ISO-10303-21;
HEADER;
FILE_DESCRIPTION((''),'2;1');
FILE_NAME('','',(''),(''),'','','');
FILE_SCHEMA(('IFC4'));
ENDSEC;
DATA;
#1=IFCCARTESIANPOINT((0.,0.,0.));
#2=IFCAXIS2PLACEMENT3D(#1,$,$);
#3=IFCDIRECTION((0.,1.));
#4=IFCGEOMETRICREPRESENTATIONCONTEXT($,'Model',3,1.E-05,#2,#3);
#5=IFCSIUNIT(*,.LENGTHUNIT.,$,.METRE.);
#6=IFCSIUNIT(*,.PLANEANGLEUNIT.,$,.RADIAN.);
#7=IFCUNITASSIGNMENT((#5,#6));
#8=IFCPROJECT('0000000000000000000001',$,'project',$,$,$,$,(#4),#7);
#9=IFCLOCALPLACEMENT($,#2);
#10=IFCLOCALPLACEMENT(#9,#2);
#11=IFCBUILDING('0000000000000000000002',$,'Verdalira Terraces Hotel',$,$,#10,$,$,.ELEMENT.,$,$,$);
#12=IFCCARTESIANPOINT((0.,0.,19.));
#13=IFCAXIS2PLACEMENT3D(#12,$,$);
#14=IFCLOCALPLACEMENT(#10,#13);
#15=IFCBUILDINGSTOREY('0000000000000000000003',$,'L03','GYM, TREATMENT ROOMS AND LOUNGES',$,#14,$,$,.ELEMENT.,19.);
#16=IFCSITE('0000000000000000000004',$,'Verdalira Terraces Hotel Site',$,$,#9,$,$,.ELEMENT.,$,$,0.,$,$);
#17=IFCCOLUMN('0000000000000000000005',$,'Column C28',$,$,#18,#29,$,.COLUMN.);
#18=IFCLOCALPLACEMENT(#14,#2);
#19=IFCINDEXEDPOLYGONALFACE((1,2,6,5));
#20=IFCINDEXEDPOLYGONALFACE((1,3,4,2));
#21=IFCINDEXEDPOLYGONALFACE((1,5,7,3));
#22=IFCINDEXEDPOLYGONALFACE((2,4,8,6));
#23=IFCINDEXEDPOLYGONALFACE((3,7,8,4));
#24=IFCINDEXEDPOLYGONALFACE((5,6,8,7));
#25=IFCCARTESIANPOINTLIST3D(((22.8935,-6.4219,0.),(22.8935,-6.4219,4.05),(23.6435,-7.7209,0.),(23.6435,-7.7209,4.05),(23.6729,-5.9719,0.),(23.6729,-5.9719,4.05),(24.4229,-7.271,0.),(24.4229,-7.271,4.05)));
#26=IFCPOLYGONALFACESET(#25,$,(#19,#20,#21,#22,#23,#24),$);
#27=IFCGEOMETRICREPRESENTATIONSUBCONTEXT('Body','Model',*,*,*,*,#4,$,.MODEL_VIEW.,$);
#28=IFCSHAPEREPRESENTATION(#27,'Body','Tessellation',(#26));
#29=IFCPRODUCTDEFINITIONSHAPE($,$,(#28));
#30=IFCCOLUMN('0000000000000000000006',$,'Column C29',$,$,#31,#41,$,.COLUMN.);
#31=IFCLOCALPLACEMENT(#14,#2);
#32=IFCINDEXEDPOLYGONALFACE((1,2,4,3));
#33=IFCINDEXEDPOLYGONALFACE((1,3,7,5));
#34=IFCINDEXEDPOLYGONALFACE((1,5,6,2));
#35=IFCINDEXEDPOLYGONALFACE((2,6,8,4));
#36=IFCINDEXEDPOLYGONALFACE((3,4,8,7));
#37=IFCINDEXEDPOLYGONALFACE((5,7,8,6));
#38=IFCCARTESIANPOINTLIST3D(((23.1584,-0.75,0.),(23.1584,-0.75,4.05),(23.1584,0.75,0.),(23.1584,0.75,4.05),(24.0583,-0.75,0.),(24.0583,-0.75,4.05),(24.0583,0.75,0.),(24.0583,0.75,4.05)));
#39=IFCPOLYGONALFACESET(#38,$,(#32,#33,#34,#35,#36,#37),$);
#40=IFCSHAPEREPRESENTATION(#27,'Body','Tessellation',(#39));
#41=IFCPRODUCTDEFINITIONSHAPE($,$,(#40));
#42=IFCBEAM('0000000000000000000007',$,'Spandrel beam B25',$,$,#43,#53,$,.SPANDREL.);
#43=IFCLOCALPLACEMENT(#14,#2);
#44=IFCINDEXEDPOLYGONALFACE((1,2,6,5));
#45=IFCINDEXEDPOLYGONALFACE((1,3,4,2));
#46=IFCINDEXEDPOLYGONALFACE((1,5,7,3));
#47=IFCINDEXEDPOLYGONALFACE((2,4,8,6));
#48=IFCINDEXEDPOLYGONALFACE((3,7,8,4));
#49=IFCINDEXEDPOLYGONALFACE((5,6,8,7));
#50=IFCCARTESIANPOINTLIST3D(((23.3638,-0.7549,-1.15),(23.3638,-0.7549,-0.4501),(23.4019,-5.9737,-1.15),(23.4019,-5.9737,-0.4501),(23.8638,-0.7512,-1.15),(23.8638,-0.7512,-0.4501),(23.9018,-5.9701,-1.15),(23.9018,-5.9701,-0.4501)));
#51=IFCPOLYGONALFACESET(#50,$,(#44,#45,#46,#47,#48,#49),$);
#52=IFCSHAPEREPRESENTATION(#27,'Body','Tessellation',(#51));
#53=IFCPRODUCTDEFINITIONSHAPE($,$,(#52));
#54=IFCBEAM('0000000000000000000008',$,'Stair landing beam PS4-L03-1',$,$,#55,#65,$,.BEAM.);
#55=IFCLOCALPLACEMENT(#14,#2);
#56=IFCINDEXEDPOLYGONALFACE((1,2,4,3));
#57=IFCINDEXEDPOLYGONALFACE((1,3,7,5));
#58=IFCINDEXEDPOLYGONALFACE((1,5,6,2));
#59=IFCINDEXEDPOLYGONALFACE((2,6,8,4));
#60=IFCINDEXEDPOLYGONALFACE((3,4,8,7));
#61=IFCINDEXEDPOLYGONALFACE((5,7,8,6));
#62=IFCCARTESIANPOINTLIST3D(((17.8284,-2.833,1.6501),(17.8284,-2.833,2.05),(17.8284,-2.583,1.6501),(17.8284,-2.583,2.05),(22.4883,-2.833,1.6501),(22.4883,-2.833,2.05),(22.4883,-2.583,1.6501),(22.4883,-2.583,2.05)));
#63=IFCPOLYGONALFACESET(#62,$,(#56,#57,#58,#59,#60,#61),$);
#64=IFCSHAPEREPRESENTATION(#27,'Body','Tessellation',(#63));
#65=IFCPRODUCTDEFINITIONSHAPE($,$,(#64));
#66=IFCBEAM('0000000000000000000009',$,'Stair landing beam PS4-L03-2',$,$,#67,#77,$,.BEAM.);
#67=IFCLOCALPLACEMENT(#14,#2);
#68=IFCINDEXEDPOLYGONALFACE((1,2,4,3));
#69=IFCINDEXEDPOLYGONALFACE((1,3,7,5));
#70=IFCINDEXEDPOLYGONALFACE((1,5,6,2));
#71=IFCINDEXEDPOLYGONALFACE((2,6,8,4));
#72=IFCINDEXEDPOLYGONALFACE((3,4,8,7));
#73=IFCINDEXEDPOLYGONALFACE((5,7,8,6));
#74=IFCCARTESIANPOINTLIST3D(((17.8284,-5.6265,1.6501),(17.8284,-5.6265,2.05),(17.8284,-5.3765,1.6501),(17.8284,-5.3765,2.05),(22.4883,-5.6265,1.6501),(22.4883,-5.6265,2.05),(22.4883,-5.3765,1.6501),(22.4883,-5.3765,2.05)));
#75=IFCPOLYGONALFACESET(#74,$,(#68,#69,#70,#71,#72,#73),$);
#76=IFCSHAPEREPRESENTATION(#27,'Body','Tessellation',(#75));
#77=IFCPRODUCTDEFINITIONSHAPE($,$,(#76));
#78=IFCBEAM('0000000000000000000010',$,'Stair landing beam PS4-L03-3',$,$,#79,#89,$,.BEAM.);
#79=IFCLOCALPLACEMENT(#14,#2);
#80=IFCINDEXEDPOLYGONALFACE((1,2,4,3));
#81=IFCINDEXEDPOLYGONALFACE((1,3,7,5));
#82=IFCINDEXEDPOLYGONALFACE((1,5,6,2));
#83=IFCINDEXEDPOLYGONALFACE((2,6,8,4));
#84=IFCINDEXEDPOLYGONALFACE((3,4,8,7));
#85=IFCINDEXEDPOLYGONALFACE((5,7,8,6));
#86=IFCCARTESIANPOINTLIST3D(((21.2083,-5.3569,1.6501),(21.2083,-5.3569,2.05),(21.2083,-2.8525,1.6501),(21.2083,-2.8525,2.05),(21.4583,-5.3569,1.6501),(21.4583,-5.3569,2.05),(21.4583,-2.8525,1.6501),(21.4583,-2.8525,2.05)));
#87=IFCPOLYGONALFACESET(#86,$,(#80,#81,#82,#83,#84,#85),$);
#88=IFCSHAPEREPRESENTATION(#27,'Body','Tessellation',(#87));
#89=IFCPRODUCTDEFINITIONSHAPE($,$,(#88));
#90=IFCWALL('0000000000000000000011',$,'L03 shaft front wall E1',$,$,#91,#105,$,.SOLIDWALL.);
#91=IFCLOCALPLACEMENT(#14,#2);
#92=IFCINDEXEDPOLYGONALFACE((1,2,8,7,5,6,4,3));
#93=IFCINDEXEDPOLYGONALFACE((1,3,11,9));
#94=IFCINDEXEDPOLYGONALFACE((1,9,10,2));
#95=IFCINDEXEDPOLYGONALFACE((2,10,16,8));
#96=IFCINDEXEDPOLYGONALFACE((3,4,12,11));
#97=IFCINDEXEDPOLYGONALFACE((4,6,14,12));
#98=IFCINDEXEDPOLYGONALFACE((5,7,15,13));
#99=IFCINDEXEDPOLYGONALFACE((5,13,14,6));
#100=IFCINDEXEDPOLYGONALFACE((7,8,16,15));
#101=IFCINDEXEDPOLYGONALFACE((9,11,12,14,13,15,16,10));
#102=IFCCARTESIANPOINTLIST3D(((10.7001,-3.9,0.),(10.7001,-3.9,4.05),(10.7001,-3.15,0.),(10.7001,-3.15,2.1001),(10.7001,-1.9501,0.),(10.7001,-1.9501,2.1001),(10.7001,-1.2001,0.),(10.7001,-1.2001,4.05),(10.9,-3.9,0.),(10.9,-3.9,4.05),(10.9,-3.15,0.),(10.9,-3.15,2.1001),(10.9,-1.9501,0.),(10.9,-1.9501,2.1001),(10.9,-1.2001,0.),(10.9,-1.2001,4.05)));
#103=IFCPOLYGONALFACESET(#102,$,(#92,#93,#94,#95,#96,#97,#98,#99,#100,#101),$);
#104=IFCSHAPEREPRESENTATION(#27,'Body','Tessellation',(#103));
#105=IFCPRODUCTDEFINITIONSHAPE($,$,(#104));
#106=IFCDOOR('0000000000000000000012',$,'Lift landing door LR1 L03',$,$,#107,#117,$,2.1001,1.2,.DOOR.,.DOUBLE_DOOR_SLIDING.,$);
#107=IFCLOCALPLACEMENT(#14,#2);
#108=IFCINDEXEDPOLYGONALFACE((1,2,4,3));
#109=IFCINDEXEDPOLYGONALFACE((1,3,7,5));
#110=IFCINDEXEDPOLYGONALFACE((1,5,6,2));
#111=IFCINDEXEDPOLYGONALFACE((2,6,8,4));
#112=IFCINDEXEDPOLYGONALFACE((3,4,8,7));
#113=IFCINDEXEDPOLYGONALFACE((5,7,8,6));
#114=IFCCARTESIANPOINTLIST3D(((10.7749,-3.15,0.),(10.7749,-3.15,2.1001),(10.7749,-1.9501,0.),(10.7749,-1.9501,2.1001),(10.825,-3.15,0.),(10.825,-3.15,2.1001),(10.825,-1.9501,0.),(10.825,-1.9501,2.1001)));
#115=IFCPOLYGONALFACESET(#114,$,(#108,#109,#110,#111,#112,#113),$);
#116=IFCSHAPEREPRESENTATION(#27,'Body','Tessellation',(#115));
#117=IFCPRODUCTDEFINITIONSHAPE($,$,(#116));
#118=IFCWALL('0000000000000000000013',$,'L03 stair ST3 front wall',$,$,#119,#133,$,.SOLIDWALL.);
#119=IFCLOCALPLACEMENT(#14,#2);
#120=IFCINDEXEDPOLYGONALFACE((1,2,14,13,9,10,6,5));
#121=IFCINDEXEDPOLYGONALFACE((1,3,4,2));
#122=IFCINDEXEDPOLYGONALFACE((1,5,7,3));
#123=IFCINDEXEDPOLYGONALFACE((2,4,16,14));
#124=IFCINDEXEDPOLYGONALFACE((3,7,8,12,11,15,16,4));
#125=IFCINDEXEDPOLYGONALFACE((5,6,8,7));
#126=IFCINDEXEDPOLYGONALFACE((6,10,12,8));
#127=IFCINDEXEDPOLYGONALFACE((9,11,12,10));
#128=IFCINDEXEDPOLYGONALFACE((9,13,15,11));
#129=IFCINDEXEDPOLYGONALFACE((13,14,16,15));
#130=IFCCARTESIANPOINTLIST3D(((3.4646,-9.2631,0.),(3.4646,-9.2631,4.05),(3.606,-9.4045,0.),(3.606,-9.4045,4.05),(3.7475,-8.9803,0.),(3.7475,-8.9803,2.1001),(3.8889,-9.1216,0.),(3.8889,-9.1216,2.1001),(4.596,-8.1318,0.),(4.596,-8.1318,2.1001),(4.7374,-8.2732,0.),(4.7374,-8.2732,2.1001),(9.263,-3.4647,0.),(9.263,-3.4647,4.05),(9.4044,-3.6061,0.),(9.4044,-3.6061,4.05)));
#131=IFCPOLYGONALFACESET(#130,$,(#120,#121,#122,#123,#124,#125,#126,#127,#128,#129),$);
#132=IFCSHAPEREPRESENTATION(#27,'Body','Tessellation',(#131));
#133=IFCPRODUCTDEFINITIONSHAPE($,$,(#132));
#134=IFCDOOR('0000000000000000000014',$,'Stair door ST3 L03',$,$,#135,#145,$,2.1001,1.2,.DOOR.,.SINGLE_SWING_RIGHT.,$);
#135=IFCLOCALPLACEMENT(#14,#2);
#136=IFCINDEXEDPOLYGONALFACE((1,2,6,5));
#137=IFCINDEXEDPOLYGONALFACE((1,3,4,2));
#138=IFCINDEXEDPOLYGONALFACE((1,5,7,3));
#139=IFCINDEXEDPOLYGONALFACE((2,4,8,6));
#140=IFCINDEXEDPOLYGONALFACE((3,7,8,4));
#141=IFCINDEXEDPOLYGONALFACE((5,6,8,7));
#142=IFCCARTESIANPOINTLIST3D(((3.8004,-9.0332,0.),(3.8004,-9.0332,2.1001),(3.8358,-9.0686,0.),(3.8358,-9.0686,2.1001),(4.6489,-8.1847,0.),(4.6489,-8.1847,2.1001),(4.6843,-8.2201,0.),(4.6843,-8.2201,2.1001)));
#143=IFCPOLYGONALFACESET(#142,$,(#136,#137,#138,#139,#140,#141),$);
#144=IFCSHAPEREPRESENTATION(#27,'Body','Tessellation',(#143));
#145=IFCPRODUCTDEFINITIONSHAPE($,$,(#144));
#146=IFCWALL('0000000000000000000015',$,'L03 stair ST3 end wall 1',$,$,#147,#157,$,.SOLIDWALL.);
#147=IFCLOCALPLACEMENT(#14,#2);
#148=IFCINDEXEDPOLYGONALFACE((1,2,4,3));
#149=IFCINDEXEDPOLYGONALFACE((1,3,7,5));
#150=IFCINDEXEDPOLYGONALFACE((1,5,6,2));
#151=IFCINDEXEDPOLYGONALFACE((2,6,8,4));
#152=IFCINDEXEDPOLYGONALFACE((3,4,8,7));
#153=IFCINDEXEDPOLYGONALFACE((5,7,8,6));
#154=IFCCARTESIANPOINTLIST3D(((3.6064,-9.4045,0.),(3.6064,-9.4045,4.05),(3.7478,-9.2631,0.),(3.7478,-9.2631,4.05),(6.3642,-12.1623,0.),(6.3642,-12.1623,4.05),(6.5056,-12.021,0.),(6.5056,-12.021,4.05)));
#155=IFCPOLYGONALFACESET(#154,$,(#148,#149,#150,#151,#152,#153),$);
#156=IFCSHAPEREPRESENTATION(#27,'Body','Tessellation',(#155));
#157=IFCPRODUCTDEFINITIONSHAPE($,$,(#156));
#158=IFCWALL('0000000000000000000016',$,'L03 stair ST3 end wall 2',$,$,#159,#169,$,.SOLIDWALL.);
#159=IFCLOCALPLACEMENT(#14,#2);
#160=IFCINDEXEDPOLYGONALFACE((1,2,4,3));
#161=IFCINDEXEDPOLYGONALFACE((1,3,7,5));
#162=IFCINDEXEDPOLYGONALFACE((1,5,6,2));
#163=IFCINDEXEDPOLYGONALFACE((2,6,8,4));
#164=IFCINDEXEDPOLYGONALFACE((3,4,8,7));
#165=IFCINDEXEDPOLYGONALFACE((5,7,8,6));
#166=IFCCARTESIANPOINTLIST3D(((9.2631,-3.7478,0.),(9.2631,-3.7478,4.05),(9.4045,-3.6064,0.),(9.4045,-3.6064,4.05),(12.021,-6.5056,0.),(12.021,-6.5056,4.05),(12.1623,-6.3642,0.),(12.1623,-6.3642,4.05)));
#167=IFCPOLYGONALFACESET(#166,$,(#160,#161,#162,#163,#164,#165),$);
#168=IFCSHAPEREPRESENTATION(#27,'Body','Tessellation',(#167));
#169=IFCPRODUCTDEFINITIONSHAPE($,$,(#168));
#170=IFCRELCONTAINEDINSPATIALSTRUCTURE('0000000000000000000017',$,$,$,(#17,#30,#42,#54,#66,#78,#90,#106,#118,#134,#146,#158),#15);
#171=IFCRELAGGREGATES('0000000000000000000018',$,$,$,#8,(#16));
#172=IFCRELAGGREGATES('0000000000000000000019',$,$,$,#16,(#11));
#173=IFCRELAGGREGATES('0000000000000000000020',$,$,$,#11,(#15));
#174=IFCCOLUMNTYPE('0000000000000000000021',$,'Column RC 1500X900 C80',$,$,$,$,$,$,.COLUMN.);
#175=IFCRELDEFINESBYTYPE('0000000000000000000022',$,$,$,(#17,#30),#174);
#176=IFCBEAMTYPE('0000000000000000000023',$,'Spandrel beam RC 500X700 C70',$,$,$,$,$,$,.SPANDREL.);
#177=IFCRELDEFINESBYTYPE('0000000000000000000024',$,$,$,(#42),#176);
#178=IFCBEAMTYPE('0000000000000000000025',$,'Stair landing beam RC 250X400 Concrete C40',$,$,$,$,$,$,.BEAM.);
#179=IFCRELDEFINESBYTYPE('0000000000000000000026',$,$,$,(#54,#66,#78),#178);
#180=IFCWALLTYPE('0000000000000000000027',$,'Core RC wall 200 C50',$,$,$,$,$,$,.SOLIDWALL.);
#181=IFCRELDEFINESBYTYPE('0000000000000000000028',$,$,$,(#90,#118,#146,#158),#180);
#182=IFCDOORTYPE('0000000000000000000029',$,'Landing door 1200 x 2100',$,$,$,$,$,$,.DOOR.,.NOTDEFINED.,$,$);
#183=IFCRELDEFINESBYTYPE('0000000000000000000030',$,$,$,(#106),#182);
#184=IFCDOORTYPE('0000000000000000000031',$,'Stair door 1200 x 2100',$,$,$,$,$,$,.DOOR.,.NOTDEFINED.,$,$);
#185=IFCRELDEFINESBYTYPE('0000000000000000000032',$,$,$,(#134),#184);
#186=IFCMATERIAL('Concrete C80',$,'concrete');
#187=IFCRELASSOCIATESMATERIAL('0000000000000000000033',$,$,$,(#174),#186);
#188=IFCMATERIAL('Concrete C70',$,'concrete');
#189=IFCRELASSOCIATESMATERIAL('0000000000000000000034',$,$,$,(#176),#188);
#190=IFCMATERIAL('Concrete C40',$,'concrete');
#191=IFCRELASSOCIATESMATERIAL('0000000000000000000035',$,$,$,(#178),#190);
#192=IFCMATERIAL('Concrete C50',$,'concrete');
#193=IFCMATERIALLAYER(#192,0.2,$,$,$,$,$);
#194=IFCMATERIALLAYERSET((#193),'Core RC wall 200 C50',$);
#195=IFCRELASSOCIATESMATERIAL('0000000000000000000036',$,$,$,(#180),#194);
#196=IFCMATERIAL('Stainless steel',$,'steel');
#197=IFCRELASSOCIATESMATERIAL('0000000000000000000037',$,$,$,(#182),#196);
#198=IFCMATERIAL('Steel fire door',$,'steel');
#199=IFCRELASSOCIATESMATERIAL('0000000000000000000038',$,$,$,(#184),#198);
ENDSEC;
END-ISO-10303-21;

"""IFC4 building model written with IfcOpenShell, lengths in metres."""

from ifc_helpers import new_model, si_unit, direction, frame, frame_2d, origin, origin_2d, place, context, subcontext, project, spatial, rectangle, extrude, material, layer, layer_set, material_profile, profile_set, type_object, element, fill, save


model = new_model("IFC4")

# Units and contexts
model_context = context("Model", 3, precision=1e-05, world=origin(), true_north=direction((0.0, 1.0)))
body_context = subcontext(model_context, "Body", "Model", "MODEL_VIEW")
ifc_project = project(units=[si_unit("LENGTHUNIT", "METRE"), si_unit("PLANEANGLEUNIT", "RADIAN")], contexts=[model_context])

# Site, building, storey
site_placement = place(None, origin())
site = spatial("IfcSite", under=ifc_project, at=site_placement, Name="Verdalira Terraces Hotel Site", CompositionType="ELEMENT", RefElevation=0.0)
building_placement = place(site_placement, origin())
building = spatial("IfcBuilding", under=site, at=building_placement, Name="Verdalira Terraces Hotel", CompositionType="ELEMENT")
storey_placement = place(building_placement, frame((0.0, 0.0, 19.0)))
storey = spatial("IfcBuildingStorey", under=building, at=storey_placement, Name="L03", Description="GYM, TREATMENT ROOMS AND LOUNGES", CompositionType="ELEMENT", Elevation=19.0)

# Columns
ifc_material_1 = material(Name="Concrete C80", Category="concrete")
ifc_material_profile_1 = material_profile(ifc_material_1, rectangle(XDim=1.5, YDim=0.8999, at=origin_2d()), Name="RC 1500X900")
ifc_profile_set_1 = profile_set([ifc_material_profile_1], Name="Concrete C80")
column_type = type_object("IfcColumnType", Name="Column RC 1500X900 C80", PredefinedType="COLUMN", material=ifc_profile_set_1)
for number, where, z_axis, x_axis, name in (
    (1, (23.6582, -6.8464, 0.0), (0.0, 0.0, 1.0), (0.5, -0.866025, 0.0), "Column C28"),
    (2, (23.6084, 0.0, 0.0), (0.0, 0.0, 1.0), (0.0, 1.0, 0.0), "Column C29"),
):
    element("IfcColumn", number, at=place(storey_placement, frame(where, z_axis=z_axis, x_axis=x_axis)), inside=storey, type_object=column_type, Name=name, PredefinedType="COLUMN", context=body_context, shape_type="SweptSolid", body=[
        extrude(rectangle(XDim=1.5, YDim=0.8999, at=origin_2d()), origin(), (0.0, 0.0, 1.0), 4.05),
    ])

# Beams
ifc_material_2 = material(Name="Concrete C70", Category="concrete")
ifc_material_profile_2 = material_profile(ifc_material_2, rectangle(XDim=0.5, YDim=0.7, at=origin_2d()), Name="RC 500X700")
ifc_profile_set_2 = profile_set([ifc_material_profile_2], Name="Concrete C70")
beam_type_1 = type_object("IfcBeamType", Name="Spandrel beam RC 500X700 C70", PredefinedType="SPANDREL", material=ifc_profile_set_2)
beam_1_placement = place(storey_placement, frame((23.6519, -5.9719, -0.8), z_axis=(-0.007298, 0.999973, 0.0), x_axis=(-0.999973, -0.007298, 0.0)))
element("IfcBeam", 3, at=beam_1_placement, inside=storey, type_object=beam_type_1, Name="Spandrel beam B25", PredefinedType="SPANDREL", context=body_context, shape_type="SweptSolid", body=[
    extrude(rectangle(XDim=0.5, YDim=0.7, at=origin_2d()), origin(), (0.0, 0.0, 1.0), 5.219),
])
ifc_material_3 = material(Name="Concrete C40", Category="concrete")
ifc_material_profile_3 = material_profile(ifc_material_3, rectangle(XDim=0.25, YDim=0.3999, at=origin_2d()), Name="RC 250X400")
ifc_profile_set_3 = profile_set([ifc_material_profile_3], Name="Concrete C40")
beam_type_2 = type_object("IfcBeamType", Name="Stair landing beam RC 250X400 Concrete C40", PredefinedType="BEAM", material=ifc_profile_set_3)
for number, where, z_axis, x_axis, name in (
    (4, (17.8284, -2.708, 1.8501), (1.0, 0.0, 0.0), (0.0, 1.0, 0.0), "Stair landing beam PS4-L03-1"),
    (5, (17.8284, -5.5015, 1.8501), (1.0, 0.0, 0.0), (0.0, 1.0, 0.0), "Stair landing beam PS4-L03-2"),
):
    element("IfcBeam", number, at=place(storey_placement, frame(where, z_axis=z_axis, x_axis=x_axis)), inside=storey, type_object=beam_type_2, Name=name, PredefinedType="BEAM", context=body_context, shape_type="SweptSolid", body=[
        extrude(rectangle(XDim=0.25, YDim=0.3999, at=origin_2d()), origin(), (0.0, 0.0, 1.0), 4.6599),
    ])
beam_2_placement = place(storey_placement, frame((21.3333, -2.8525, 1.8501), z_axis=(0.0, -1.0, 0.0), x_axis=(1.0, 0.0, 0.0)))
element("IfcBeam", 6, at=beam_2_placement, inside=storey, type_object=beam_type_2, Name="Stair landing beam PS4-L03-3", PredefinedType="BEAM", context=body_context, shape_type="SweptSolid", body=[
    extrude(rectangle(XDim=0.25, YDim=0.3999, at=origin_2d()), origin(), (0.0, 0.0, 1.0), 2.5044),
])

# Walls, openings, doors
ifc_material_4 = material(Name="Concrete C50", Category="concrete")
ifc_layer_1 = layer(ifc_material_4, 0.2)
ifc_layer_set_1 = layer_set([ifc_layer_1], Name="Core RC wall 200 C50")
wall_type_1 = type_object("IfcWallType", Name="Core RC wall 200 C50", PredefinedType="SOLIDWALL", material=ifc_layer_set_1)
wall_1_placement = place(storey_placement, frame((10.8, -1.2, 0.0), z_axis=(0.0, 0.0, 1.0), x_axis=(0.0, -1.0, 0.0)))
wall_1 = element("IfcWall", 7, at=wall_1_placement, inside=storey, type_object=wall_type_1, Name="L03 shaft front wall E1", PredefinedType="SOLIDWALL", context=body_context, shape_type="SweptSolid", body=[
    extrude(rectangle(XDim=2.7, YDim=0.2, at=frame_2d((1.3501, 0.0))), origin(), (0.0, 0.0, 1.0), 4.05),
])
opening_1_placement = place(wall_1_placement, frame((0.75, 0.0, 0.0)))
opening_1 = element("IfcOpeningElement", 8, at=opening_1_placement, cuts=wall_1, PredefinedType="OPENING", context=body_context, shape_type="SweptSolid", body=[
    extrude(rectangle(XDim=1.2, YDim=2.1001, at=frame_2d((0.6001, 1.05))), frame((0.0, 0.1099, 0.0), z_axis=(0.0, -1.0, 0.0), x_axis=(1.0, 0.0, 0.0)), (0.0, 0.0, 1.0), 0.22),
])
ifc_material_5 = material(Name="Stainless steel", Category="steel")
door_type_1 = type_object("IfcDoorType", Name="Landing door 1200 x 2100", OperationType="NOTDEFINED", PredefinedType="DOOR", material=ifc_material_5)
door_1_placement = place(opening_1_placement, origin())
door_1 = element("IfcDoor", 9, at=door_1_placement, inside=storey, type_object=door_type_1, Name="Lift landing door LR1 L03", OperationType="DOUBLE_DOOR_SLIDING", OverallHeight=2.1001, OverallWidth=1.2, PredefinedType="DOOR", context=body_context, shape_type="SweptSolid", body=[
    extrude(rectangle(XDim=1.2, YDim=2.1001, at=frame_2d((0.6001, 1.05))), frame((0.0, 0.0249, 0.0), z_axis=(0.0, -1.0, 0.0), x_axis=(1.0, 0.0, 0.0)), (0.0, 0.0, 1.0), 0.05),
])
fill(opening_1, door_1)
wall_2_placement = place(storey_placement, frame((9.3337, -3.5354, 0.0), z_axis=(0.0, 0.0, 1.0), x_axis=(-0.707107, -0.707107, 0.0)))
wall_2 = element("IfcWall", 10, at=wall_2_placement, inside=storey, type_object=wall_type_1, Name="L03 stair ST3 front wall", PredefinedType="SOLIDWALL", context=body_context, shape_type="SweptSolid", body=[
    extrude(rectangle(XDim=8.2002, YDim=0.2, at=frame_2d((4.1001, 0.0))), origin(), (0.0, 0.0, 1.0), 4.05),
])
opening_2_placement = place(wall_2_placement, frame((6.6001, 0.0, 0.0)))
opening_2 = element("IfcOpeningElement", 11, at=opening_2_placement, cuts=wall_2, PredefinedType="OPENING", context=body_context, shape_type="SweptSolid", body=[
    extrude(rectangle(XDim=1.2, YDim=2.1001, at=frame_2d((0.6001, 1.05))), frame((0.0, 0.1099, 0.0), z_axis=(0.0, -1.0, 0.0), x_axis=(1.0, 0.0, 0.0)), (0.0, 0.0, 1.0), 0.22),
])
ifc_material_6 = material(Name="Steel fire door", Category="steel")
door_type_2 = type_object("IfcDoorType", Name="Stair door 1200 x 2100", OperationType="NOTDEFINED", PredefinedType="DOOR", material=ifc_material_6)
door_2_placement = place(opening_2_placement, origin())
door_2 = element("IfcDoor", 12, at=door_2_placement, inside=storey, type_object=door_type_2, Name="Stair door ST3 L03", OperationType="SINGLE_SWING_RIGHT", OverallHeight=2.1001, OverallWidth=1.2, PredefinedType="DOOR", context=body_context, shape_type="SweptSolid", body=[
    extrude(rectangle(XDim=1.2, YDim=2.1001, at=frame_2d((0.6001, 1.05))), frame((0.0, 0.0249, 0.0), z_axis=(0.0, -1.0, 0.0), x_axis=(1.0, 0.0, 0.0)), (0.0, 0.0, 1.0), 0.05),
])
fill(opening_2, door_2)

# Walls
for number, where, z_axis, x_axis, name in (
    (13, (3.677, -9.3337, 0.0), (0.0, 0.0, 1.0), (0.707107, -0.707107, 0.0), "L03 stair ST3 end wall 1"),
    (14, (9.3337, -3.677, 0.0), (0.0, 0.0, 1.0), (0.707107, -0.707107, 0.0), "L03 stair ST3 end wall 2"),
):
    element("IfcWall", number, at=place(storey_placement, frame(where, z_axis=z_axis, x_axis=x_axis)), inside=storey, type_object=wall_type_1, Name=name, PredefinedType="SOLIDWALL", context=body_context, shape_type="SweptSolid", body=[
        extrude(rectangle(XDim=3.9001, YDim=0.2, at=frame_2d((1.9502, 0.0))), origin(), (0.0, 0.0, 1.0), 4.05),
    ])

save(model, "model.ifc")
